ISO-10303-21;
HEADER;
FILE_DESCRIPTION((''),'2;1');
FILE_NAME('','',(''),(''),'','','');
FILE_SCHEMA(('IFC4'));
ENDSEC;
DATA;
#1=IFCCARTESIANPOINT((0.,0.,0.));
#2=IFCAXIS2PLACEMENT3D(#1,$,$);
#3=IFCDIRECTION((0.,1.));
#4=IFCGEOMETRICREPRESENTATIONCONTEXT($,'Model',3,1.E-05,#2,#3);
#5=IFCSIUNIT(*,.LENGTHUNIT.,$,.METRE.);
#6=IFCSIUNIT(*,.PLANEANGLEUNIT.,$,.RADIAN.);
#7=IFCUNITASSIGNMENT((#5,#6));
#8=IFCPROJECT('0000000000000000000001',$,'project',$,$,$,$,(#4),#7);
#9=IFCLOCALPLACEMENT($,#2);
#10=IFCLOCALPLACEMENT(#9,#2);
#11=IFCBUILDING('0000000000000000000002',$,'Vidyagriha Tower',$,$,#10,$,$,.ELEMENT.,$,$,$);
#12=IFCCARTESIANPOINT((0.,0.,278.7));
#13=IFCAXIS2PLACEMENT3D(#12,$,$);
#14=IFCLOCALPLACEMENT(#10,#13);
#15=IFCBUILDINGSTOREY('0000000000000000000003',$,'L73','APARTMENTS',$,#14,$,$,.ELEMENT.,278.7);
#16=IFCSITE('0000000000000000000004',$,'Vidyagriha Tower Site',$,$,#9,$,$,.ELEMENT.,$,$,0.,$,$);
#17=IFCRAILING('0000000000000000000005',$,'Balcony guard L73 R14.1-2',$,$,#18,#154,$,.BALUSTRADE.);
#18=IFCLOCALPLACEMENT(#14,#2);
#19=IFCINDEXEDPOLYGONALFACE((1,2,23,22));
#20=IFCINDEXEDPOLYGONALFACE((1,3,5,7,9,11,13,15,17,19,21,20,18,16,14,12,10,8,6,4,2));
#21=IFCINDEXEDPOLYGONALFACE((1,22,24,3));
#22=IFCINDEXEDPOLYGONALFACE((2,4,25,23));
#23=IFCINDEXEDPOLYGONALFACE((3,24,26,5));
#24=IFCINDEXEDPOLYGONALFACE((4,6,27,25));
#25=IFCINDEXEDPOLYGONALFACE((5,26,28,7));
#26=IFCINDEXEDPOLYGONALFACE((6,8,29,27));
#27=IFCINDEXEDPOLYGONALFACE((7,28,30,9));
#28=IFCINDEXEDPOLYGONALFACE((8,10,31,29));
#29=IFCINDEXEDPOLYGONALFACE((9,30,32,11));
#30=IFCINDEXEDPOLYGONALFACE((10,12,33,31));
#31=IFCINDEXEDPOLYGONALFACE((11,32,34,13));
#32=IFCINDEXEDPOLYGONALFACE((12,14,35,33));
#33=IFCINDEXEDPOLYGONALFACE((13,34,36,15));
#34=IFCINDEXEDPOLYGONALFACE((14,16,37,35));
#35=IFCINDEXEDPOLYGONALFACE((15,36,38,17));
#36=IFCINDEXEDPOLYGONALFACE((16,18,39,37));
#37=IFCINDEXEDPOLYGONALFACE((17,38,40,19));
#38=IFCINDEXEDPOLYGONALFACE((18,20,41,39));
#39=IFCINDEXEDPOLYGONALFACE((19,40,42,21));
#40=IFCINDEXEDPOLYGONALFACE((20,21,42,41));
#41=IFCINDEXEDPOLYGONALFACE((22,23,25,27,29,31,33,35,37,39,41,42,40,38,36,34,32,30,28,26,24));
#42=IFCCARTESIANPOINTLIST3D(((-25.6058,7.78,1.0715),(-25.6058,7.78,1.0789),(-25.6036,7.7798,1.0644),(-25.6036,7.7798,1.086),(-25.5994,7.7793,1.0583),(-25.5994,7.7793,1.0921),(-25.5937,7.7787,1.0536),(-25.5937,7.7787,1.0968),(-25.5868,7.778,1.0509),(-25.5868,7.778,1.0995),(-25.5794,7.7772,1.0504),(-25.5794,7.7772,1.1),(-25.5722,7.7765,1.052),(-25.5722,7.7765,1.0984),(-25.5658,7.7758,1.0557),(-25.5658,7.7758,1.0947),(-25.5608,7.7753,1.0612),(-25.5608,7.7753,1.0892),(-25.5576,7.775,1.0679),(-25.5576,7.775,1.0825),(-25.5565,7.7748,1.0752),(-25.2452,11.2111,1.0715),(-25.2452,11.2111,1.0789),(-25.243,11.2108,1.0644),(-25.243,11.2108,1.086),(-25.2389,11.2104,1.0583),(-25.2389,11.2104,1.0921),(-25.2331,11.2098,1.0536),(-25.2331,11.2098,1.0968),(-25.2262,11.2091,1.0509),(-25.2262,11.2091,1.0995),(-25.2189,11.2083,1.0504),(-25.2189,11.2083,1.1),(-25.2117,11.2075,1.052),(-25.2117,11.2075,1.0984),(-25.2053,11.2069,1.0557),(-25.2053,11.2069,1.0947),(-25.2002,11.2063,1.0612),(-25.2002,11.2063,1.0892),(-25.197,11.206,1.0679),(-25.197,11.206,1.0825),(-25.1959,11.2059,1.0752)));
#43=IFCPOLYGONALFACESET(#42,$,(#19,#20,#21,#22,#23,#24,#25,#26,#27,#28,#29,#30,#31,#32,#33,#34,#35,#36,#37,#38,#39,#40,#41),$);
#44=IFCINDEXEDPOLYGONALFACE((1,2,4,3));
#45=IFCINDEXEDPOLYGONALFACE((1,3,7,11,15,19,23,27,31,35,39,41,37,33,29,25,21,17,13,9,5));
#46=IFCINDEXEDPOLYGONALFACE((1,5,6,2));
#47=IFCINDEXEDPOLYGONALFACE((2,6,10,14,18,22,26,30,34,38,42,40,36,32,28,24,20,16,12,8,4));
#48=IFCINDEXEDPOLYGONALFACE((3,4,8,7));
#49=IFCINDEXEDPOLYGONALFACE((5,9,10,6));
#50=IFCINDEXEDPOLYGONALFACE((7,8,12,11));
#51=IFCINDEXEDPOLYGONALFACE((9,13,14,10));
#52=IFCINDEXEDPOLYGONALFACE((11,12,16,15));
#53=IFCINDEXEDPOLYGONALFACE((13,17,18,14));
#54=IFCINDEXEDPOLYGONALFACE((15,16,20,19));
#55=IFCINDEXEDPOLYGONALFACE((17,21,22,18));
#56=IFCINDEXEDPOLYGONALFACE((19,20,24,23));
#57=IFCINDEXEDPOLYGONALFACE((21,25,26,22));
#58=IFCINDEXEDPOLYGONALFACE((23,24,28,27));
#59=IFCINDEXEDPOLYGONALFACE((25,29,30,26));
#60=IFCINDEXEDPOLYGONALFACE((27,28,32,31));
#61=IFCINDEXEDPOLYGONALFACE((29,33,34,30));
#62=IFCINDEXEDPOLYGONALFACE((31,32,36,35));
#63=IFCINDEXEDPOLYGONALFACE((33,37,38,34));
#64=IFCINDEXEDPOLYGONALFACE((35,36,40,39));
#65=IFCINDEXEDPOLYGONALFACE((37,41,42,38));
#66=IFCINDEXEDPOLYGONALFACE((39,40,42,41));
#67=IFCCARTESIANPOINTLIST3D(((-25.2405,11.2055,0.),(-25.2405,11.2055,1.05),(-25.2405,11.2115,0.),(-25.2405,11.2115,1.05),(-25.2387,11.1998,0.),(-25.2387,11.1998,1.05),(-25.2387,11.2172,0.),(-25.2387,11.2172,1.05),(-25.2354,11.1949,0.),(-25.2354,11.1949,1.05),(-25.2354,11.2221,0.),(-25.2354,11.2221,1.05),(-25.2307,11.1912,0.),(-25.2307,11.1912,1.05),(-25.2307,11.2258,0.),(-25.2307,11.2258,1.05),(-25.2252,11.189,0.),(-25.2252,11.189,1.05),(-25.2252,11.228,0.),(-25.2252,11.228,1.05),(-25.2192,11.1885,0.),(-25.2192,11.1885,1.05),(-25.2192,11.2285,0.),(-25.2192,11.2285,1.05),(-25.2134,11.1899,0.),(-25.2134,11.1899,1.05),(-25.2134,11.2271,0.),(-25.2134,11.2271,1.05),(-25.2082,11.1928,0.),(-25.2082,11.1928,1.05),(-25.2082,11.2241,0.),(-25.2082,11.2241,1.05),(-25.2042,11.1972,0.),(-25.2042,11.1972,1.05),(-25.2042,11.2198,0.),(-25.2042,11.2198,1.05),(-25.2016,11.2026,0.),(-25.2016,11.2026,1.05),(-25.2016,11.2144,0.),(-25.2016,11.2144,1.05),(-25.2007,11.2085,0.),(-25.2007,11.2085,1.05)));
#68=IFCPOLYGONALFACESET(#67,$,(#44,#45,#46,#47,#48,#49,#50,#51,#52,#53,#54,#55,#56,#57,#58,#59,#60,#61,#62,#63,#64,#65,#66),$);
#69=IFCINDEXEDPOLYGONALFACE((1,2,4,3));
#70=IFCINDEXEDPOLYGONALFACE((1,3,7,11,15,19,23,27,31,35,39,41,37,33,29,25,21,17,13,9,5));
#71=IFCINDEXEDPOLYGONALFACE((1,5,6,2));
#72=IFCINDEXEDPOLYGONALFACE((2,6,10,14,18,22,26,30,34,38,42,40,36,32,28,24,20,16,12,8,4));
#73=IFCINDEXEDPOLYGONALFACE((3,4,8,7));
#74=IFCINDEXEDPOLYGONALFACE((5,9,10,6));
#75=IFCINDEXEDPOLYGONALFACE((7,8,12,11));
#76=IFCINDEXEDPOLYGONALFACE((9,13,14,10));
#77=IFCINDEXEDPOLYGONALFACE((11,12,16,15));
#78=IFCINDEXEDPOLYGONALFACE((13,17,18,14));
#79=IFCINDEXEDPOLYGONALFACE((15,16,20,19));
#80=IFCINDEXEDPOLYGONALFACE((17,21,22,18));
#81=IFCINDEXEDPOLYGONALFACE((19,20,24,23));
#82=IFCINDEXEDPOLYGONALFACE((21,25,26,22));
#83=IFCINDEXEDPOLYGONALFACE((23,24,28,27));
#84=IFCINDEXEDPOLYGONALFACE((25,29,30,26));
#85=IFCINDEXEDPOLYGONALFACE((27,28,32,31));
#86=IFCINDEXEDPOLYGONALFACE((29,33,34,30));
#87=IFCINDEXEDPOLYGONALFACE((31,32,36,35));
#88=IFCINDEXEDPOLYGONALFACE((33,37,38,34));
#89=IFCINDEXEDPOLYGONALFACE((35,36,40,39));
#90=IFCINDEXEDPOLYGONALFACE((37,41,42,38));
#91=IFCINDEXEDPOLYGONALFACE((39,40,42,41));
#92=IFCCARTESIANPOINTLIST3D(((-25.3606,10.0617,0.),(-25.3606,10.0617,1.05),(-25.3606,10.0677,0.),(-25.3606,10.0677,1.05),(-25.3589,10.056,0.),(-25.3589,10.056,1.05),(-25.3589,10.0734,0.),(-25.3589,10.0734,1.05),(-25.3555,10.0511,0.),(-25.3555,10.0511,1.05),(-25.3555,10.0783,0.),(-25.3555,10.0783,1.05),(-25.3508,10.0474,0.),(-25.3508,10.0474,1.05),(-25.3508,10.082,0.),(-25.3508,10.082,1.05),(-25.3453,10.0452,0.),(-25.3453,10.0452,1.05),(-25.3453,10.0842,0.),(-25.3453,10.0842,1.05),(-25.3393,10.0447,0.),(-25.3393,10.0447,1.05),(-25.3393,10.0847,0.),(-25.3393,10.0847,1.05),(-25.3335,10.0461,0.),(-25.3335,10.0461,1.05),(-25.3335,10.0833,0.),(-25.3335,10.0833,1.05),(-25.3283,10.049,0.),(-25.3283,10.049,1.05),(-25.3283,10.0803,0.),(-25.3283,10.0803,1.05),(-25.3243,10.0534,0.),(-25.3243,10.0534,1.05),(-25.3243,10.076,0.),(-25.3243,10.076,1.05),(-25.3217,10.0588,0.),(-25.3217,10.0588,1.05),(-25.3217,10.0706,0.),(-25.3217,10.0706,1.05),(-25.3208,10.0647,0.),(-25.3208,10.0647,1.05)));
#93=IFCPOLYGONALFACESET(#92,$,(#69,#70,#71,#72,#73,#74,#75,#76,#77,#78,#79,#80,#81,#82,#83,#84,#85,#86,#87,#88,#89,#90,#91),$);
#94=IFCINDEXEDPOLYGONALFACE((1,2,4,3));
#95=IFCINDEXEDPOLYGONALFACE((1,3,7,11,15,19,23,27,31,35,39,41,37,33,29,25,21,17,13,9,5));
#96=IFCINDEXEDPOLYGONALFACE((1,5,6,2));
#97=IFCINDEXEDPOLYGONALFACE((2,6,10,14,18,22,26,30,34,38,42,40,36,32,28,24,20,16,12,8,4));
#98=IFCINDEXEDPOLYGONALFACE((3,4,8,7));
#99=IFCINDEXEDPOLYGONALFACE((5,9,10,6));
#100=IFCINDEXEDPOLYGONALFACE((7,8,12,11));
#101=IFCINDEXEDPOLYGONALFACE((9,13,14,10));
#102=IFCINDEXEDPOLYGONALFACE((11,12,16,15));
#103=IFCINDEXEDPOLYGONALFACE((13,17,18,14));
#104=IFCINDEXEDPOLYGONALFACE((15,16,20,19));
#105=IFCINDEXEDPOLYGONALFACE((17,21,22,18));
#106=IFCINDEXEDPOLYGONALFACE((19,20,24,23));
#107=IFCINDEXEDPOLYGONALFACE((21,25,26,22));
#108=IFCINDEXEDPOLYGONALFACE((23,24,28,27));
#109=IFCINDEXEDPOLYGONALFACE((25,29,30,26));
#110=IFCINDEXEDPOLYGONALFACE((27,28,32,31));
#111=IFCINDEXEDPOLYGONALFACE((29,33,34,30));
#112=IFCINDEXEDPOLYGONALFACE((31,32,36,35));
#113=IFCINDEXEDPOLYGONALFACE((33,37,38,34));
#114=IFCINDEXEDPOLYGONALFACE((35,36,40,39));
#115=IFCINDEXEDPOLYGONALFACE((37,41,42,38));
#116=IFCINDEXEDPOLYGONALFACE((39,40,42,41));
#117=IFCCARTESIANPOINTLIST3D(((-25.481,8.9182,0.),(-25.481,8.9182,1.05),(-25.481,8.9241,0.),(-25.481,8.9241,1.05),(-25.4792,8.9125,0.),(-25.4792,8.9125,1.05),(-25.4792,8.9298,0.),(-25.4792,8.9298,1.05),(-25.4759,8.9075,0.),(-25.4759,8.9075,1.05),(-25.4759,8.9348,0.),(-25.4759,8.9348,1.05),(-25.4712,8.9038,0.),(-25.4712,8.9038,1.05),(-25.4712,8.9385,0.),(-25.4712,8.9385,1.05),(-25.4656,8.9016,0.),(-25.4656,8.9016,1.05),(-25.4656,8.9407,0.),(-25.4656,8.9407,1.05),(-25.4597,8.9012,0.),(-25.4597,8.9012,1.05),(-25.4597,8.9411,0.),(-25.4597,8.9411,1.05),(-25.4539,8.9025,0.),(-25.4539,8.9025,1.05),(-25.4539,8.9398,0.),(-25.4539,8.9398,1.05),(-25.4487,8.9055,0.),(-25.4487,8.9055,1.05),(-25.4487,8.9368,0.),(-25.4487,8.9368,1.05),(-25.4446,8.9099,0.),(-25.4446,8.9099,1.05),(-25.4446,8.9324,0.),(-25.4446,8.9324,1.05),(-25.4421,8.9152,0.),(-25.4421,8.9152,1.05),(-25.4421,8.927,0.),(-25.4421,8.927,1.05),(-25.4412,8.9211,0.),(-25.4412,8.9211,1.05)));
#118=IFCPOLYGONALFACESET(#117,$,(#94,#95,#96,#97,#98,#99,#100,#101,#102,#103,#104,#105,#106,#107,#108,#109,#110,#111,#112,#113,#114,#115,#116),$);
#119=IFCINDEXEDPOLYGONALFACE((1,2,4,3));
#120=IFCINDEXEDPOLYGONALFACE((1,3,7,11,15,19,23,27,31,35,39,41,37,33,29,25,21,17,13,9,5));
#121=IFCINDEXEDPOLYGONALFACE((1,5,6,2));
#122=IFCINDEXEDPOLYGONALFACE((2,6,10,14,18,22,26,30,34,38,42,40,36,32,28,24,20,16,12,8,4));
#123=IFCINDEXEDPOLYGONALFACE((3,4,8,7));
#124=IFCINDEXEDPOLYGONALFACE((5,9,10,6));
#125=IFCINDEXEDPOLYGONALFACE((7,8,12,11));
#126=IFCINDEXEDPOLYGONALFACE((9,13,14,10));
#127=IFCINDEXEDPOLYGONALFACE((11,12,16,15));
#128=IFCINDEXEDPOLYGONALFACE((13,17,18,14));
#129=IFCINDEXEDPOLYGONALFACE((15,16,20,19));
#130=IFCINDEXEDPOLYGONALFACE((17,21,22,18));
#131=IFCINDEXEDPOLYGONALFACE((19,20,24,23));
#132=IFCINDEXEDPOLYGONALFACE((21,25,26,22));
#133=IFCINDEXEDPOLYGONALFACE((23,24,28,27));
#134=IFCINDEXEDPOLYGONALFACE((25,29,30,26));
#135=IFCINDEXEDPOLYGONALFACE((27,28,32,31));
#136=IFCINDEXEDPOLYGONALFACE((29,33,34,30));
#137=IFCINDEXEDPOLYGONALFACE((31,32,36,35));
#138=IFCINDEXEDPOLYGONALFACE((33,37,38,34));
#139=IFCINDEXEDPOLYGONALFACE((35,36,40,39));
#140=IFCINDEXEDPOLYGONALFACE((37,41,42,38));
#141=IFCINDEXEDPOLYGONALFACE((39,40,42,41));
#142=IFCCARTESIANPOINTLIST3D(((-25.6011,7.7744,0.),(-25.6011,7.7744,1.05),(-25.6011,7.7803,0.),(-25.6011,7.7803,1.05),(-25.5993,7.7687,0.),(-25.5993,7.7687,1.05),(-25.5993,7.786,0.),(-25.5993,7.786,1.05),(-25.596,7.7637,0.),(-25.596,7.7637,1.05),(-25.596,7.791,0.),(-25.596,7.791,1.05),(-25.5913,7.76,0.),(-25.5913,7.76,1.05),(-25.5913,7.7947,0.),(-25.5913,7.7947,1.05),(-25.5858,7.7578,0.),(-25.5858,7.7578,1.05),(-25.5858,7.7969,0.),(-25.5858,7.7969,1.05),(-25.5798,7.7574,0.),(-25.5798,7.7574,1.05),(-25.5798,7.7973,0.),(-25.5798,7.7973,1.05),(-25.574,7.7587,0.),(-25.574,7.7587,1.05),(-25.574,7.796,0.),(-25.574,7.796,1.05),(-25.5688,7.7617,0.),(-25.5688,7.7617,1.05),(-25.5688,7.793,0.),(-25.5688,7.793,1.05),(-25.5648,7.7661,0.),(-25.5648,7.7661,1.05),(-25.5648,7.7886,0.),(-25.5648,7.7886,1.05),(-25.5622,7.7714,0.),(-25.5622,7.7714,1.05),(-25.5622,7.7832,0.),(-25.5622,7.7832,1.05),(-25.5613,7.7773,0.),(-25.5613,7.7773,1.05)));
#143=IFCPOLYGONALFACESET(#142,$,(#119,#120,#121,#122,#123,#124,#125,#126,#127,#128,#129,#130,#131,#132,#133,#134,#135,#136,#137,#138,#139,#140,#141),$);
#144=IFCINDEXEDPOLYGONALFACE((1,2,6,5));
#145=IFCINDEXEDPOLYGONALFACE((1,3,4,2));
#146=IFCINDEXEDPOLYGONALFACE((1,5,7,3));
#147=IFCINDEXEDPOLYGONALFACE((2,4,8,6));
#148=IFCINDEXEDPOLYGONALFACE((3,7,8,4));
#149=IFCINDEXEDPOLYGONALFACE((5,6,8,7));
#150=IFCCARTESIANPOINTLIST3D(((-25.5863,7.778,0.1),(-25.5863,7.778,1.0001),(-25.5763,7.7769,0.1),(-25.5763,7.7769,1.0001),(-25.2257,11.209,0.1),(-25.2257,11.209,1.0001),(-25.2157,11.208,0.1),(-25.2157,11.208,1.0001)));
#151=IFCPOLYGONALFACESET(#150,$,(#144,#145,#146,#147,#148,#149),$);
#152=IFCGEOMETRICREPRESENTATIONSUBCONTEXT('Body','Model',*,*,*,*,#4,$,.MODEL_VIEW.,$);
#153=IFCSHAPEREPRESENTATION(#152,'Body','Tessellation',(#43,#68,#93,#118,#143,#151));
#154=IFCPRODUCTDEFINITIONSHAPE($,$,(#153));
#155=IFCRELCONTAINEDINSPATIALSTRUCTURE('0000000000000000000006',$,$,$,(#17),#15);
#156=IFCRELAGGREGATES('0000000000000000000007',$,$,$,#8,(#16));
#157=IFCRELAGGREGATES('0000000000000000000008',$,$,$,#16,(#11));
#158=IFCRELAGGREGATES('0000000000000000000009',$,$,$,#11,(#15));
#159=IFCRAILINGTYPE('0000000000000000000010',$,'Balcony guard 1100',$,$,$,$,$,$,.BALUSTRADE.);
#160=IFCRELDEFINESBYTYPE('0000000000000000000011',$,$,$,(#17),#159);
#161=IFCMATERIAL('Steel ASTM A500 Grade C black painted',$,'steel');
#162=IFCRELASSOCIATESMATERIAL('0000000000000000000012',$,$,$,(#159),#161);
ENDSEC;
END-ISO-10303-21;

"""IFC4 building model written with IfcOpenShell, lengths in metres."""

from ifc_helpers import new_model, si_unit, direction, frame, origin, origin_2d, place, context, subcontext, project, spatial, rectangle, circle, extrude, material, type_object, element, save


model = new_model("IFC4")

# Units and contexts
model_context = context("Model", 3, precision=1e-05, world=origin(), true_north=direction((0.0, 1.0)))
body_context = subcontext(model_context, "Body", "Model", "MODEL_VIEW")
ifc_project = project(units=[si_unit("LENGTHUNIT", "METRE"), si_unit("PLANEANGLEUNIT", "RADIAN")], contexts=[model_context])

# Site, building, storey
site_placement = place(None, origin())
site = spatial("IfcSite", under=ifc_project, at=site_placement, Name="Vidyagriha Tower Site", CompositionType="ELEMENT", RefElevation=0.0)
building_placement = place(site_placement, origin())
building = spatial("IfcBuilding", under=site, at=building_placement, Name="Vidyagriha Tower", CompositionType="ELEMENT")
storey_placement = place(building_placement, frame((0.0, 0.0, 278.7)))
storey = spatial("IfcBuildingStorey", under=building, at=storey_placement, Name="L73", Description="APARTMENTS", CompositionType="ELEMENT", Elevation=278.7)

# Railing
ifc_material_1 = material(Name="Steel ASTM A500 Grade C black painted", Category="steel")
railing_type_1 = type_object("IfcRailingType", Name="Balcony guard 1100", PredefinedType="BALUSTRADE", material=ifc_material_1)
railing_1_placement = place(storey_placement, frame((-25.2207, 11.2085, 0.0)))
element("IfcRailing", 1, at=railing_1_placement, inside=storey, type_object=railing_type_1, Name="Balcony guard L73 R14.1-2", PredefinedType="BALUSTRADE", context=body_context, shape_type="SweptSolid", body=[
    extrude(circle(Radius=0.0249, at=origin_2d()), frame((0.0, 0.0, 1.0752), z_axis=(-0.104519, -0.994523, 0.0), x_axis=(0.994523, -0.104519, 0.0)), (0.0, 0.0, 1.0), 3.45),
    extrude(circle(Radius=0.02, at=origin_2d()), origin(), (0.0, 0.0, 1.0), 1.05),
    extrude(circle(Radius=0.02, at=origin_2d()), frame((-0.1201, -1.1438, 0.0)), (0.0, 0.0, 1.0), 1.05),
    extrude(circle(Radius=0.02, at=origin_2d()), frame((-0.2405, -2.2874, 0.0)), (0.0, 0.0, 1.0), 1.05),
    extrude(circle(Radius=0.02, at=origin_2d()), frame((-0.3606, -3.4312, 0.0)), (0.0, 0.0, 1.0), 1.05),
    extrude(rectangle(XDim=0.01, YDim=0.9001, at=origin_2d()), frame((0.0, 0.0, 0.55), z_axis=(-0.104519, -0.994523, 0.0), x_axis=(0.994523, -0.104519, 0.0)), (0.0, 0.0, 1.0), 3.45),
])

save(model, "model.ifc")
